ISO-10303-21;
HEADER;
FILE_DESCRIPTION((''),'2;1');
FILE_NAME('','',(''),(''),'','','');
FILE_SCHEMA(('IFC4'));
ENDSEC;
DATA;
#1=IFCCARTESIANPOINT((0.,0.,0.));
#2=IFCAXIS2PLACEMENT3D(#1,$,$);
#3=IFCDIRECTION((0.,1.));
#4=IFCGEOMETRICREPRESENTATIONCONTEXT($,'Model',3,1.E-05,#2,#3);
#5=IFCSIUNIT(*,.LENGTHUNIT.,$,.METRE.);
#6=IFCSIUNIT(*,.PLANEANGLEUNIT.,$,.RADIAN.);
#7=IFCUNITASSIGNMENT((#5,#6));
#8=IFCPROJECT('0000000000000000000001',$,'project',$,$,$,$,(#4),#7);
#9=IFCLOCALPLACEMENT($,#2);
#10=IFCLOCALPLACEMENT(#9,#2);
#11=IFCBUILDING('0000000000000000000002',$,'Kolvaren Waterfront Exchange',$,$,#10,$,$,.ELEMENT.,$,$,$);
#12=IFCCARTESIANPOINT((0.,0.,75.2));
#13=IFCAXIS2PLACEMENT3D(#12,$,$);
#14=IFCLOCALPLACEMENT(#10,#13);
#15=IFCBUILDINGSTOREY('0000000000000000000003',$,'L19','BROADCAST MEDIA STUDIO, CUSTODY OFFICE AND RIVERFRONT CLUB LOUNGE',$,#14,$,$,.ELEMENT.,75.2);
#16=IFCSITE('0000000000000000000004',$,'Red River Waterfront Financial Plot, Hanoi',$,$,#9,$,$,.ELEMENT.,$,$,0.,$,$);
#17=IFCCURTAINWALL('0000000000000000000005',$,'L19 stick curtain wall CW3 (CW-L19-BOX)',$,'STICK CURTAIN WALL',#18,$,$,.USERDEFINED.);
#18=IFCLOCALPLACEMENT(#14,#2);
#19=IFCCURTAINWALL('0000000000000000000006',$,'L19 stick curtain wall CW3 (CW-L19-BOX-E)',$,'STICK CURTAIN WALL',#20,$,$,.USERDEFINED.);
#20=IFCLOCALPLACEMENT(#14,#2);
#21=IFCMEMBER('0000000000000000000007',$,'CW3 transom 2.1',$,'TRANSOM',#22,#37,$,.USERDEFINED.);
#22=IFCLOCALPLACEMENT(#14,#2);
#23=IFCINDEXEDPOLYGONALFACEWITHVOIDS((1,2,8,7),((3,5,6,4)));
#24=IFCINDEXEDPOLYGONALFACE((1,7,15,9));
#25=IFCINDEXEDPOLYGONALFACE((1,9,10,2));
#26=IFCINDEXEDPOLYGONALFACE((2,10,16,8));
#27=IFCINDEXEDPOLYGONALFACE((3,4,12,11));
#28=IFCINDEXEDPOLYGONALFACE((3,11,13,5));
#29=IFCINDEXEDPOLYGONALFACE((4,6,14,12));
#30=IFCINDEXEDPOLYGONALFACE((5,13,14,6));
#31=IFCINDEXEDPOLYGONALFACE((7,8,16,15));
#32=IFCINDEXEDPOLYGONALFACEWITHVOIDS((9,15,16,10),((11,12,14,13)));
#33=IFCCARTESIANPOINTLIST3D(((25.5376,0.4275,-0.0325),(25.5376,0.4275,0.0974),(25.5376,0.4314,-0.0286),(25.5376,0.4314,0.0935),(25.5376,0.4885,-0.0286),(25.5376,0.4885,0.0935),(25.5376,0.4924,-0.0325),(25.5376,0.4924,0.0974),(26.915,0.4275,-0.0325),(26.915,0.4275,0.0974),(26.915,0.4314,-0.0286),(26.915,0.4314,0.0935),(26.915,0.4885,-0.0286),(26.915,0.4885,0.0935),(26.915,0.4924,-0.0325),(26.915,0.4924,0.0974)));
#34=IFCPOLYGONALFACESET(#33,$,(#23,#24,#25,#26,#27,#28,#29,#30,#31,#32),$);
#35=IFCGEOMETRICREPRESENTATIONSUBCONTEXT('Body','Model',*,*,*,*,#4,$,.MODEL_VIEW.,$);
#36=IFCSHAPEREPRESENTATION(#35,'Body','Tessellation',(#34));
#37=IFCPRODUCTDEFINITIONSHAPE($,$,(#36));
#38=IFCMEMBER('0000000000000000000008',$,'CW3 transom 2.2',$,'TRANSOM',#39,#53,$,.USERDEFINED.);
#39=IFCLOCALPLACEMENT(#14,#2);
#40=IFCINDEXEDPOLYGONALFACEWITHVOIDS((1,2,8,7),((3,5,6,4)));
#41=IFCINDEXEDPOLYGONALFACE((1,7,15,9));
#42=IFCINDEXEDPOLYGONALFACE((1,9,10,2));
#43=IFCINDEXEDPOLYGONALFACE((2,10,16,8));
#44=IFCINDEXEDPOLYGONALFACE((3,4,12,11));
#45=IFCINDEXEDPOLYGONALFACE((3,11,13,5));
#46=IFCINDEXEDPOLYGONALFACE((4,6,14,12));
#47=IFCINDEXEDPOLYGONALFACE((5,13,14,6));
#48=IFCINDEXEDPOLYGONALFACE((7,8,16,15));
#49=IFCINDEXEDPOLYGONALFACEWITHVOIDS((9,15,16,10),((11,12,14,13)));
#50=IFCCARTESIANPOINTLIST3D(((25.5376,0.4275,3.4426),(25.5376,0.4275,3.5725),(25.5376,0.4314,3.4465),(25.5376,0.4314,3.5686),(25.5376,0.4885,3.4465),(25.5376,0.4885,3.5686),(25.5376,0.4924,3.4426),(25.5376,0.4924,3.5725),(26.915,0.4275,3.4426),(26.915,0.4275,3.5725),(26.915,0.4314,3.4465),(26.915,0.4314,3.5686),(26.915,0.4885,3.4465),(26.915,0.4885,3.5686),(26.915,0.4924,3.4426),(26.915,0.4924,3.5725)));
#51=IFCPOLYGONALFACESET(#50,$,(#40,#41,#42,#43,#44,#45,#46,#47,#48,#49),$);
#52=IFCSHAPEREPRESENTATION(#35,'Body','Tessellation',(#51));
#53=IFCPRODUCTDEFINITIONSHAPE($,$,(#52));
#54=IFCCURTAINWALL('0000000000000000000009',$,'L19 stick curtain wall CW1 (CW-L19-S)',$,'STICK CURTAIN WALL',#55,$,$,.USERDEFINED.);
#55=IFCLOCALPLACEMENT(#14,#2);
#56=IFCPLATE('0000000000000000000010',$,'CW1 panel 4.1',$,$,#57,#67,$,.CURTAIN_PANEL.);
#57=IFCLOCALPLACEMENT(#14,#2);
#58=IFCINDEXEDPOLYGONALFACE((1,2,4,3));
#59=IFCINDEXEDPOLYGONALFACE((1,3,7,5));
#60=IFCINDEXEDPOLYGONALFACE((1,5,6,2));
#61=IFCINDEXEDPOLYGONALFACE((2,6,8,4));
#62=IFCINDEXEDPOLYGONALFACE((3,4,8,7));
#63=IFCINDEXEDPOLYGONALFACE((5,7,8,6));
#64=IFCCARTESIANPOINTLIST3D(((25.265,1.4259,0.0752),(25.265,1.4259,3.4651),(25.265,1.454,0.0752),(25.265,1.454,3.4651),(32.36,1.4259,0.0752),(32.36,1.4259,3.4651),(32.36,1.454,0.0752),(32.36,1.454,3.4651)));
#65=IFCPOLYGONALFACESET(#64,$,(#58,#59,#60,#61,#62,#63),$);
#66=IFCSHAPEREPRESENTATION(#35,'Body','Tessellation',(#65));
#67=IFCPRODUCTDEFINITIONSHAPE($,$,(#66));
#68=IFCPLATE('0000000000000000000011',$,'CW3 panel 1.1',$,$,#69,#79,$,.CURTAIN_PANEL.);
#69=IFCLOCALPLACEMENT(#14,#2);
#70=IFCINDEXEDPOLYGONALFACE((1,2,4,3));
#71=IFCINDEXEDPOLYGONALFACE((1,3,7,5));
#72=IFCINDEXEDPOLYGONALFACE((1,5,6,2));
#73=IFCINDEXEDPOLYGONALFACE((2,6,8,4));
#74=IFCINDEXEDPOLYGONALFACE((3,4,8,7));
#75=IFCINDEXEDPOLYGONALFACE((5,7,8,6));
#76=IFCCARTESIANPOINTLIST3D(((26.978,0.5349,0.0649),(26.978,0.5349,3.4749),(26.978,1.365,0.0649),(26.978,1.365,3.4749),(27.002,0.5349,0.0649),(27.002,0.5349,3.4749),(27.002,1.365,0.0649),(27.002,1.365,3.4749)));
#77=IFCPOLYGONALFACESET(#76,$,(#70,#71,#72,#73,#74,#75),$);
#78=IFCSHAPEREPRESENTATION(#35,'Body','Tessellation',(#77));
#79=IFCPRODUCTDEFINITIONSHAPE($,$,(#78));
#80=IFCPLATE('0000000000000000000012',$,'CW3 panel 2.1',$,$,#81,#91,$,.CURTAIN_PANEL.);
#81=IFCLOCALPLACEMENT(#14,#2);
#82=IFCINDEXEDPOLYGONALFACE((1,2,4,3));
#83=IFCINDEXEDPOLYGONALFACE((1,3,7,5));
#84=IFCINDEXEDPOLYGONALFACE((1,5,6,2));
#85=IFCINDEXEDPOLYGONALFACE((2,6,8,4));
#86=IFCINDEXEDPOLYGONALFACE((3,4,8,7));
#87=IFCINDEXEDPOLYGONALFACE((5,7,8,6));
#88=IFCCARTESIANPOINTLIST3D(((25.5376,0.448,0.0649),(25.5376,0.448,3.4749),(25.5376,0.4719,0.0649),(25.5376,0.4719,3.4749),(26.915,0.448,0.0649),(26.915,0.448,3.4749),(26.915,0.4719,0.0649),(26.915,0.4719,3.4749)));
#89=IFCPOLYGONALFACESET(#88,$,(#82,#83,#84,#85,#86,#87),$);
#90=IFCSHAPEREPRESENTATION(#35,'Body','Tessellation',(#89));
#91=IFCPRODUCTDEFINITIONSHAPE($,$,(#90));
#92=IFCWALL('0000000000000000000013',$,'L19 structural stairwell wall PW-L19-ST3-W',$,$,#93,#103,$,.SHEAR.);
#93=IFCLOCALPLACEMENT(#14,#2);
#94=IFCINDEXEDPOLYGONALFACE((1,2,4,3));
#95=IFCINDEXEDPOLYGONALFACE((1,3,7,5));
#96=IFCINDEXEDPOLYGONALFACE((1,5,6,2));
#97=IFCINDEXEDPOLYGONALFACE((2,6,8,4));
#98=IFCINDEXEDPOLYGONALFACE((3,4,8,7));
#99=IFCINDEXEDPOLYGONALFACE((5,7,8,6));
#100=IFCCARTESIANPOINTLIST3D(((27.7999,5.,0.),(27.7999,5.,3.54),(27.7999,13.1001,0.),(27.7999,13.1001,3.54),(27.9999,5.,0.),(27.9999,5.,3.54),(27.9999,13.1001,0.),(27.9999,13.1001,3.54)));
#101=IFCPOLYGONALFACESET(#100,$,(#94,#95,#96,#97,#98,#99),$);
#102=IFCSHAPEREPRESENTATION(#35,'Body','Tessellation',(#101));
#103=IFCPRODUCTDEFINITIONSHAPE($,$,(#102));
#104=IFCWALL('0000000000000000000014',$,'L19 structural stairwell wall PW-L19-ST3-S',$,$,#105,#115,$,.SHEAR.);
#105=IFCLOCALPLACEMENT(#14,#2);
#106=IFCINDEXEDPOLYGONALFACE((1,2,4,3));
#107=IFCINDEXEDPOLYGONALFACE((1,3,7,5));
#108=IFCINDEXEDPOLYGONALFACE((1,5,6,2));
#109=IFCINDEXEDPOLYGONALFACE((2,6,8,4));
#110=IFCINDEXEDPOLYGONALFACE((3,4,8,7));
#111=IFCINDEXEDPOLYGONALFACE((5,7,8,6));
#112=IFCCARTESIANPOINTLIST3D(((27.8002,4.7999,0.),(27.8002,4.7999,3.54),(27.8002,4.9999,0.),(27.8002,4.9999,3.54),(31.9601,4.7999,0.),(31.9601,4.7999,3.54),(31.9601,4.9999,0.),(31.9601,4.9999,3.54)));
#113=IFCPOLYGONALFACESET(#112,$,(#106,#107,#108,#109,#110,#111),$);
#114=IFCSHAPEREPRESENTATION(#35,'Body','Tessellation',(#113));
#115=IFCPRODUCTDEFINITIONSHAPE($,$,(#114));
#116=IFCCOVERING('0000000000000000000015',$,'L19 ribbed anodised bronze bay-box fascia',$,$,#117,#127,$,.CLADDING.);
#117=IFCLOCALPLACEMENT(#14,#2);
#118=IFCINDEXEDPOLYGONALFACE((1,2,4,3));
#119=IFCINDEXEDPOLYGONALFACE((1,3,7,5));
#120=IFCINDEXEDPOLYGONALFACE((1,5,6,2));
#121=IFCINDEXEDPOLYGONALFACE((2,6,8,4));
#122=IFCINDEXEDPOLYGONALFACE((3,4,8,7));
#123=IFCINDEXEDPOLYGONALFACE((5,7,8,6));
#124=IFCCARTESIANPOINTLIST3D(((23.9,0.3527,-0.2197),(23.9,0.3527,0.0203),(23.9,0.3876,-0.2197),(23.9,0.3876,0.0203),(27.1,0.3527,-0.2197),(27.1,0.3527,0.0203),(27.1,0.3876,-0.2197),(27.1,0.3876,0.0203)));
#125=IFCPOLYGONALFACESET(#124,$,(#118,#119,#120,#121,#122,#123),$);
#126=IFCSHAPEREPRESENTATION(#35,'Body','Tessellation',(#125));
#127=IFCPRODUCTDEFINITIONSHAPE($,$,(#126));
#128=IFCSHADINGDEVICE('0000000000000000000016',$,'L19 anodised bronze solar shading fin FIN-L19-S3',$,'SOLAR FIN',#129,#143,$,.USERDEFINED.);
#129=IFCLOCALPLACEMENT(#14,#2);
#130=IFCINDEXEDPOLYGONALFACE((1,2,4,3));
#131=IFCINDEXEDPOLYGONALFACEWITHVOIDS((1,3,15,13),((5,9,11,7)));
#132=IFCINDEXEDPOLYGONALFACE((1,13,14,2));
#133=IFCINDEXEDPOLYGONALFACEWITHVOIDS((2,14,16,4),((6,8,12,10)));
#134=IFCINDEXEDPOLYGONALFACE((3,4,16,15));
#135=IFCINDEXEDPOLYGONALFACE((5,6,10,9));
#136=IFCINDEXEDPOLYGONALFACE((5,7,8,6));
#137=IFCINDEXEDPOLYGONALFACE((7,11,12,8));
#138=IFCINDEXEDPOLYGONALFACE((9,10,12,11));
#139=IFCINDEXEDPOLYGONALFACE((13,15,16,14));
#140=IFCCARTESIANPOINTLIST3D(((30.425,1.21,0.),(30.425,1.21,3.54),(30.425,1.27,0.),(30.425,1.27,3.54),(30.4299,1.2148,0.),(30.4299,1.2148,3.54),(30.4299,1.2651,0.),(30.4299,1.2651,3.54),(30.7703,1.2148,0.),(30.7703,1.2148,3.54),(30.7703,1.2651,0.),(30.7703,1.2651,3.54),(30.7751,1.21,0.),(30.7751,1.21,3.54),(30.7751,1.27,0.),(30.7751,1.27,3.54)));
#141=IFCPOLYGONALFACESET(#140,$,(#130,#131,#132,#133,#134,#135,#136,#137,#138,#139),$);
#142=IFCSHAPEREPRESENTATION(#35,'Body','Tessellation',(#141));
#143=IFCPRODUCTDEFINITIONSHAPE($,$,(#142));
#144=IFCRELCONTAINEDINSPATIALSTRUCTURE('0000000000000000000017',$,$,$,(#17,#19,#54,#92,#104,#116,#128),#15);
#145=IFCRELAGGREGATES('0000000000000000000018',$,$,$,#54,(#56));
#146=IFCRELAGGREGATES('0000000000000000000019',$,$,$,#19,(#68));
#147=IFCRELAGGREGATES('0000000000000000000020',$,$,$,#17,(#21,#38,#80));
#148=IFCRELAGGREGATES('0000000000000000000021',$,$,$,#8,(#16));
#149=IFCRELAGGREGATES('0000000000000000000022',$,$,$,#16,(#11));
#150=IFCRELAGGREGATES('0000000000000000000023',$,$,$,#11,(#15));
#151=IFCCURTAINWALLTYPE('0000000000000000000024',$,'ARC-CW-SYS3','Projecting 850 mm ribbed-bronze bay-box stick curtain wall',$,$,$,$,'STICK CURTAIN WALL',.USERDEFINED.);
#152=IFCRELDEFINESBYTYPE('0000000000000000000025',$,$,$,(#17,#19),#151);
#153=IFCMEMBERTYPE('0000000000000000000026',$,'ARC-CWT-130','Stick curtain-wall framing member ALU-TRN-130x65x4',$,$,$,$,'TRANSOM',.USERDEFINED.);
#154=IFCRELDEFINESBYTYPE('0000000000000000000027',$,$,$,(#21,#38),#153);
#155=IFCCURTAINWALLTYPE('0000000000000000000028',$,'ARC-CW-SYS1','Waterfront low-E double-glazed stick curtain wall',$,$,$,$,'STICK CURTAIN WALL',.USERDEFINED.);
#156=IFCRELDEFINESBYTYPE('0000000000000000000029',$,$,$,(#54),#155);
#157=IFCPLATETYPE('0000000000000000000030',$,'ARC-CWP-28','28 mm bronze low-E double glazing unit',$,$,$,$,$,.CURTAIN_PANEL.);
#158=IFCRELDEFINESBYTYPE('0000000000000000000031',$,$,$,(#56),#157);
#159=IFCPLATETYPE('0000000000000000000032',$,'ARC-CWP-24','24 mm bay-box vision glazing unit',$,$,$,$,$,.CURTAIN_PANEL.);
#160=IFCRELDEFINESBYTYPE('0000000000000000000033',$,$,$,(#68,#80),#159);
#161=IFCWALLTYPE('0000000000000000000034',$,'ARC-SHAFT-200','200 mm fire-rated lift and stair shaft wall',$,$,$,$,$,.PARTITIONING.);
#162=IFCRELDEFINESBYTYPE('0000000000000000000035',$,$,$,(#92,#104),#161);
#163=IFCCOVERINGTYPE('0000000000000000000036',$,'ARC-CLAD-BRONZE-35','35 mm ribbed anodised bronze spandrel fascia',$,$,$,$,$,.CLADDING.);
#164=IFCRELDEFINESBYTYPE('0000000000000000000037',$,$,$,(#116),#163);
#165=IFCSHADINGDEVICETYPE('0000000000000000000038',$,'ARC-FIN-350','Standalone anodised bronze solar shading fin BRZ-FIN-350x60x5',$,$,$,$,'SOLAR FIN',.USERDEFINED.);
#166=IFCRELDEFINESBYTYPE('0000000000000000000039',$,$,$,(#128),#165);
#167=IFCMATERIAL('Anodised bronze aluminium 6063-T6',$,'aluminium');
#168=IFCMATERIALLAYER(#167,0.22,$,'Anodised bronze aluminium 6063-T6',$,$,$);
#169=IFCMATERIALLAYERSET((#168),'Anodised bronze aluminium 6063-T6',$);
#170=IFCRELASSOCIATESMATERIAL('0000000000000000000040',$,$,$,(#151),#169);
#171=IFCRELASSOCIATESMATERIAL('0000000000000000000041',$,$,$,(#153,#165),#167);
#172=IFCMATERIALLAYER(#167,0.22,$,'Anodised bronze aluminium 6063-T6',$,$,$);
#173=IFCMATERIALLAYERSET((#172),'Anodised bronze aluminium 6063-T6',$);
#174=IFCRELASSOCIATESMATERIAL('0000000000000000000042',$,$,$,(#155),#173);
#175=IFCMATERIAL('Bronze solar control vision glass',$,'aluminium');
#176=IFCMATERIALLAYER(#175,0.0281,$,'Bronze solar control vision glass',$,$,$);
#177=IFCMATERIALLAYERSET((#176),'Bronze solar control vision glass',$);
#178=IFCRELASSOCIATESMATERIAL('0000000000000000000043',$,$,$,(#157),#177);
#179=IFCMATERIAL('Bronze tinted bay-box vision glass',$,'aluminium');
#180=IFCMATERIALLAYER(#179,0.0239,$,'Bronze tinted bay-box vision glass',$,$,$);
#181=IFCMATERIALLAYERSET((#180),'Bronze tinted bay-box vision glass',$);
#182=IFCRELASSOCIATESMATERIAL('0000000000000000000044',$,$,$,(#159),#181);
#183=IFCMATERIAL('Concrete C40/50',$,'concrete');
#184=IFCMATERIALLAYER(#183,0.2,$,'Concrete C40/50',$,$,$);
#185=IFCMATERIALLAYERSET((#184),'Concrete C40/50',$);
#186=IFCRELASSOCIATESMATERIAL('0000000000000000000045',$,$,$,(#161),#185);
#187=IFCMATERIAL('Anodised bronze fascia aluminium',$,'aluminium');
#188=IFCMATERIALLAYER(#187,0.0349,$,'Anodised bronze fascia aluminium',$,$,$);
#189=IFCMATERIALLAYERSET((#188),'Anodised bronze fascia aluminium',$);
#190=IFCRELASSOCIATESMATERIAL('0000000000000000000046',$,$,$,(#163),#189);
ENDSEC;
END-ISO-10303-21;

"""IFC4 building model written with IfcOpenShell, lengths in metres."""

from ifc_helpers import new_model, si_unit, direction, frame, frame_2d, origin, origin_with_axes, origin_2d, place, context, subcontext, project, spatial, rectangle, hollow_rectangle, extrude, source, transform, mapped, material, layer, layer_set, material_profile, profile_set, type_object, element, aggregate, save


model = new_model("IFC4")

# Units and contexts
model_context = context("Model", 3, precision=1e-05, world=origin(), true_north=direction((0.0, 1.0)))
body_context = subcontext(model_context, "Body", "Model", "MODEL_VIEW")
ifc_project = project(units=[si_unit("LENGTHUNIT", "METRE"), si_unit("PLANEANGLEUNIT", "RADIAN")], contexts=[model_context])

# Site, building, storey
site_placement = place(None, origin())
site = spatial("IfcSite", under=ifc_project, at=site_placement, Name="Red River Waterfront Financial Plot, Hanoi", CompositionType="ELEMENT", RefElevation=0.0)
building_placement = place(site_placement, origin())
building = spatial("IfcBuilding", under=site, at=building_placement, Name="Kolvaren Waterfront Exchange", CompositionType="ELEMENT")
storey_placement = place(building_placement, frame((0.0, 0.0, 75.2)))
storey = spatial("IfcBuildingStorey", under=building, at=storey_placement, Name="L19", Description="BROADCAST MEDIA STUDIO, CUSTODY OFFICE AND RIVERFRONT CLUB LOUNGE", CompositionType="ELEMENT", Elevation=75.2)

# Curtain walls
ifc_material_1 = material(Name="Anodised bronze aluminium 6063-T6", Category="aluminium")
ifc_layer_1 = layer(ifc_material_1, 0.22, Name="Anodised bronze aluminium 6063-T6")
ifc_layer_set_1 = layer_set([ifc_layer_1], Name="Anodised bronze aluminium 6063-T6")
curtain_wall_type_1 = type_object("IfcCurtainWallType", Name="ARC-CW-SYS3", Description="Projecting 850 mm ribbed-bronze bay-box stick curtain wall", ElementType="STICK CURTAIN WALL", PredefinedType="USERDEFINED", material=ifc_layer_set_1)
curtain_wall_1_placement = place(storey_placement, origin())
curtain_wall_1 = element("IfcCurtainWall", 1, at=curtain_wall_1_placement, inside=storey, type_object=curtain_wall_type_1, Name="L19 stick curtain wall CW3 (CW-L19-BOX)", ObjectType="STICK CURTAIN WALL", PredefinedType="USERDEFINED")
curtain_wall_2_placement = place(storey_placement, origin())
curtain_wall_2 = element("IfcCurtainWall", 2, at=curtain_wall_2_placement, inside=storey, type_object=curtain_wall_type_1, Name="L19 stick curtain wall CW3 (CW-L19-BOX-E)", ObjectType="STICK CURTAIN WALL", PredefinedType="USERDEFINED")
ifc_material_profile_1 = material_profile(ifc_material_1, hollow_rectangle(XDim=0.0649, YDim=0.1299, WallThickness=0.0039, at=origin_2d()), Name="ALU-TRN-130x65x4")
ifc_profile_set_1 = profile_set([ifc_material_profile_1], Name="Anodised bronze aluminium 6063-T6")
member_type_1 = type_object("IfcMemberType", Name="ARC-CWT-130", Description="Stick curtain-wall framing member ALU-TRN-130x65x4", ElementType="TRANSOM", PredefinedType="USERDEFINED", material=ifc_profile_set_1)

# Members
shared_shape_1 = source(origin_with_axes(), body_context, "Body", "SweptSolid", [
    extrude(hollow_rectangle(XDim=0.0649, YDim=0.1299, WallThickness=0.0039, at=origin_2d()), origin(), (0.0, 0.0, 1.0), 1.3774),
])
member_1_placement = place(storey_placement, frame((25.5376, 0.46, 0.0325), z_axis=(1.0, 0.0, 0.0), x_axis=(0.0, 1.0, 0.0)))
member_1 = element("IfcMember", 3, at=member_1_placement, type_object=member_type_1, Name="CW3 transom 2.1", ObjectType="TRANSOM", PredefinedType="USERDEFINED", context=body_context, shape_type="MappedRepresentation", body=[
    mapped(shared_shape_1, transform((0.0, 0.0, 0.0), x_axis=(1.0, 0.0, 0.0), y_axis=(0.0, 1.0, 0.0), z_axis=(0.0, 0.0, 1.0), scale=1.0)),
])
member_2_placement = place(storey_placement, frame((25.5376, 0.46, 3.5076), z_axis=(1.0, 0.0, 0.0), x_axis=(0.0, 1.0, 0.0)))
member_2 = element("IfcMember", 4, at=member_2_placement, type_object=member_type_1, Name="CW3 transom 2.2", ObjectType="TRANSOM", PredefinedType="USERDEFINED", context=body_context, shape_type="MappedRepresentation", body=[
    mapped(shared_shape_1, transform((0.0, 0.0, 0.0), x_axis=(1.0, 0.0, 0.0), y_axis=(0.0, 1.0, 0.0), z_axis=(0.0, 0.0, 1.0), scale=1.0)),
])

# Curtain wall, plate
ifc_layer_2 = layer(ifc_material_1, 0.22, Name="Anodised bronze aluminium 6063-T6")
ifc_layer_set_2 = layer_set([ifc_layer_2], Name="Anodised bronze aluminium 6063-T6")
curtain_wall_type_2 = type_object("IfcCurtainWallType", Name="ARC-CW-SYS1", Description="Waterfront low-E double-glazed stick curtain wall", ElementType="STICK CURTAIN WALL", PredefinedType="USERDEFINED", material=ifc_layer_set_2)
curtain_wall_3_placement = place(storey_placement, origin())
curtain_wall_3 = element("IfcCurtainWall", 5, at=curtain_wall_3_placement, inside=storey, type_object=curtain_wall_type_2, Name="L19 stick curtain wall CW1 (CW-L19-S)", ObjectType="STICK CURTAIN WALL", PredefinedType="USERDEFINED")
ifc_material_2 = material(Name="Bronze solar control vision glass", Category="aluminium")
ifc_layer_3 = layer(ifc_material_2, 0.0281, Name="Bronze solar control vision glass")
ifc_layer_set_3 = layer_set([ifc_layer_3], Name="Bronze solar control vision glass")
plate_type_1 = type_object("IfcPlateType", Name="ARC-CWP-28", Description="28 mm bronze low-E double glazing unit", PredefinedType="CURTAIN_PANEL", material=ifc_layer_set_3)
shared_shape_2 = source(origin_with_axes(), body_context, "Body", "SweptSolid", [
    extrude(rectangle(XDim=7.095, YDim=0.0281, at=origin_2d()), origin(), (0.0, 0.0, 1.0), 3.3899),
])
plate_1_placement = place(storey_placement, frame((28.8125, 1.4399, 0.0752), z_axis=(0.0, 0.0, 1.0), x_axis=(1.0, 0.0, 0.0)))
plate_1 = element("IfcPlate", 6, at=plate_1_placement, type_object=plate_type_1, Name="CW1 panel 4.1", PredefinedType="CURTAIN_PANEL", context=body_context, shape_type="MappedRepresentation", body=[
    mapped(shared_shape_2, transform((0.0, 0.0, 0.0), x_axis=(1.0, 0.0, 0.0), y_axis=(0.0, 1.0, 0.0), z_axis=(0.0, 0.0, 1.0), scale=1.0)),
])
aggregate(curtain_wall_3, [plate_1])

# Plates
ifc_material_3 = material(Name="Bronze tinted bay-box vision glass", Category="aluminium")
ifc_layer_4 = layer(ifc_material_3, 0.0239, Name="Bronze tinted bay-box vision glass")
ifc_layer_set_4 = layer_set([ifc_layer_4], Name="Bronze tinted bay-box vision glass")
plate_type_2 = type_object("IfcPlateType", Name="ARC-CWP-24", Description="24 mm bay-box vision glazing unit", PredefinedType="CURTAIN_PANEL", material=ifc_layer_set_4)
shared_shape_3 = source(origin_with_axes(), body_context, "Body", "SweptSolid", [
    extrude(rectangle(XDim=0.8301, YDim=0.0239, at=origin_2d()), origin(), (0.0, 0.0, 1.0), 3.4099),
])
plate_2_placement = place(storey_placement, frame((26.99, 0.95, 0.0649), z_axis=(0.0, 0.0, 1.0), x_axis=(0.0, 1.0, 0.0)))
plate_2 = element("IfcPlate", 7, at=plate_2_placement, type_object=plate_type_2, Name="CW3 panel 1.1", PredefinedType="CURTAIN_PANEL", context=body_context, shape_type="MappedRepresentation", body=[
    mapped(shared_shape_3, transform((0.0, 0.0, 0.0), x_axis=(1.0, 0.0, 0.0), y_axis=(0.0, 1.0, 0.0), z_axis=(0.0, 0.0, 1.0), scale=1.0)),
])
aggregate(curtain_wall_2, [plate_2])
shared_shape_4 = source(origin_with_axes(), body_context, "Body", "SweptSolid", [
    extrude(rectangle(XDim=1.3774, YDim=0.0239, at=origin_2d()), origin(), (0.0, 0.0, 1.0), 3.4099),
])
plate_3_placement = place(storey_placement, frame((26.2263, 0.46, 0.0649), z_axis=(0.0, 0.0, 1.0), x_axis=(1.0, 0.0, 0.0)))
plate_3 = element("IfcPlate", 8, at=plate_3_placement, type_object=plate_type_2, Name="CW3 panel 2.1", PredefinedType="CURTAIN_PANEL", context=body_context, shape_type="MappedRepresentation", body=[
    mapped(shared_shape_4, transform((0.0, 0.0, 0.0), x_axis=(1.0, 0.0, 0.0), y_axis=(0.0, 1.0, 0.0), z_axis=(0.0, 0.0, 1.0), scale=1.0)),
])
aggregate(curtain_wall_1, [member_1, member_2, plate_3])

# Walls
ifc_material_4 = material(Name="Concrete C40/50", Category="concrete")
ifc_layer_5 = layer(ifc_material_4, 0.2, Name="Concrete C40/50")
ifc_layer_set_5 = layer_set([ifc_layer_5], Name="Concrete C40/50")
wall_type = type_object("IfcWallType", Name="ARC-SHAFT-200", Description="200 mm fire-rated lift and stair shaft wall", PredefinedType="PARTITIONING", material=ifc_layer_set_5)
wall_1_placement = place(storey_placement, frame((27.8999, 5.0, 0.0), z_axis=(0.0, 0.0, 1.0), x_axis=(0.0, 1.0, 0.0)))
element("IfcWall", 9, at=wall_1_placement, inside=storey, type_object=wall_type, Name="L19 structural stairwell wall PW-L19-ST3-W", PredefinedType="SHEAR", context=body_context, shape_type="SweptSolid", body=[
    extrude(rectangle(XDim=8.1001, YDim=0.2, at=frame_2d((4.05, 0.0))), origin(), (0.0, 0.0, 1.0), 3.54),
])
wall_2_placement = place(storey_placement, frame((27.8, 4.8999, 0.0), z_axis=(0.0, 0.0, 1.0), x_axis=(1.0, 0.0, 0.0)))
element("IfcWall", 10, at=wall_2_placement, inside=storey, type_object=wall_type, Name="L19 structural stairwell wall PW-L19-ST3-S", PredefinedType="SHEAR", context=body_context, shape_type="SweptSolid", body=[
    extrude(rectangle(XDim=4.1599, YDim=0.2, at=frame_2d((2.0801, 0.0))), origin(), (0.0, 0.0, 1.0), 3.54),
])

# Covering
ifc_material_5 = material(Name="Anodised bronze fascia aluminium", Category="aluminium")
ifc_layer_6 = layer(ifc_material_5, 0.0349, Name="Anodised bronze fascia aluminium")
ifc_layer_set_6 = layer_set([ifc_layer_6], Name="Anodised bronze fascia aluminium")
covering_type = type_object("IfcCoveringType", Name="ARC-CLAD-BRONZE-35", Description="35 mm ribbed anodised bronze spandrel fascia", PredefinedType="CLADDING", material=ifc_layer_set_6)
covering_placement = place(storey_placement, frame((25.5, 0.3701, -0.2197), z_axis=(0.0, 0.0, 1.0), x_axis=(1.0, 0.0, 0.0)))
element("IfcCovering", 11, at=covering_placement, inside=storey, type_object=covering_type, Name="L19 ribbed anodised bronze bay-box fascia", PredefinedType="CLADDING", context=body_context, shape_type="SweptSolid", body=[
    extrude(rectangle(XDim=3.2, YDim=0.0349, at=origin_2d()), origin(), (0.0, 0.0, 1.0), 0.24),
])

# Shading device
ifc_material_profile_2 = material_profile(ifc_material_1, hollow_rectangle(XDim=0.0601, YDim=0.3501, WallThickness=0.0049, at=origin_2d()), Name="BRZ-FIN-350x60x5")
ifc_profile_set_2 = profile_set([ifc_material_profile_2], Name="Anodised bronze aluminium 6063-T6")
shading_device_type = type_object("IfcShadingDeviceType", Name="ARC-FIN-350", Description="Standalone anodised bronze solar shading fin BRZ-FIN-350x60x5", ElementType="SOLAR FIN", PredefinedType="USERDEFINED", material=ifc_profile_set_2)
shading_device_placement = place(storey_placement, frame((30.6001, 1.24, 0.0), z_axis=(0.0, 0.0, 1.0), x_axis=(0.0, -1.0, 0.0)))
element("IfcShadingDevice", 12, at=shading_device_placement, inside=storey, type_object=shading_device_type, Name="L19 anodised bronze solar shading fin FIN-L19-S3", ObjectType="SOLAR FIN", PredefinedType="USERDEFINED", context=body_context, shape_type="SweptSolid", body=[
    extrude(hollow_rectangle(XDim=0.0601, YDim=0.3501, WallThickness=0.0049, at=origin_2d()), origin(), (0.0, 0.0, 1.0), 3.54),
])

save(model, "model.ifc")
